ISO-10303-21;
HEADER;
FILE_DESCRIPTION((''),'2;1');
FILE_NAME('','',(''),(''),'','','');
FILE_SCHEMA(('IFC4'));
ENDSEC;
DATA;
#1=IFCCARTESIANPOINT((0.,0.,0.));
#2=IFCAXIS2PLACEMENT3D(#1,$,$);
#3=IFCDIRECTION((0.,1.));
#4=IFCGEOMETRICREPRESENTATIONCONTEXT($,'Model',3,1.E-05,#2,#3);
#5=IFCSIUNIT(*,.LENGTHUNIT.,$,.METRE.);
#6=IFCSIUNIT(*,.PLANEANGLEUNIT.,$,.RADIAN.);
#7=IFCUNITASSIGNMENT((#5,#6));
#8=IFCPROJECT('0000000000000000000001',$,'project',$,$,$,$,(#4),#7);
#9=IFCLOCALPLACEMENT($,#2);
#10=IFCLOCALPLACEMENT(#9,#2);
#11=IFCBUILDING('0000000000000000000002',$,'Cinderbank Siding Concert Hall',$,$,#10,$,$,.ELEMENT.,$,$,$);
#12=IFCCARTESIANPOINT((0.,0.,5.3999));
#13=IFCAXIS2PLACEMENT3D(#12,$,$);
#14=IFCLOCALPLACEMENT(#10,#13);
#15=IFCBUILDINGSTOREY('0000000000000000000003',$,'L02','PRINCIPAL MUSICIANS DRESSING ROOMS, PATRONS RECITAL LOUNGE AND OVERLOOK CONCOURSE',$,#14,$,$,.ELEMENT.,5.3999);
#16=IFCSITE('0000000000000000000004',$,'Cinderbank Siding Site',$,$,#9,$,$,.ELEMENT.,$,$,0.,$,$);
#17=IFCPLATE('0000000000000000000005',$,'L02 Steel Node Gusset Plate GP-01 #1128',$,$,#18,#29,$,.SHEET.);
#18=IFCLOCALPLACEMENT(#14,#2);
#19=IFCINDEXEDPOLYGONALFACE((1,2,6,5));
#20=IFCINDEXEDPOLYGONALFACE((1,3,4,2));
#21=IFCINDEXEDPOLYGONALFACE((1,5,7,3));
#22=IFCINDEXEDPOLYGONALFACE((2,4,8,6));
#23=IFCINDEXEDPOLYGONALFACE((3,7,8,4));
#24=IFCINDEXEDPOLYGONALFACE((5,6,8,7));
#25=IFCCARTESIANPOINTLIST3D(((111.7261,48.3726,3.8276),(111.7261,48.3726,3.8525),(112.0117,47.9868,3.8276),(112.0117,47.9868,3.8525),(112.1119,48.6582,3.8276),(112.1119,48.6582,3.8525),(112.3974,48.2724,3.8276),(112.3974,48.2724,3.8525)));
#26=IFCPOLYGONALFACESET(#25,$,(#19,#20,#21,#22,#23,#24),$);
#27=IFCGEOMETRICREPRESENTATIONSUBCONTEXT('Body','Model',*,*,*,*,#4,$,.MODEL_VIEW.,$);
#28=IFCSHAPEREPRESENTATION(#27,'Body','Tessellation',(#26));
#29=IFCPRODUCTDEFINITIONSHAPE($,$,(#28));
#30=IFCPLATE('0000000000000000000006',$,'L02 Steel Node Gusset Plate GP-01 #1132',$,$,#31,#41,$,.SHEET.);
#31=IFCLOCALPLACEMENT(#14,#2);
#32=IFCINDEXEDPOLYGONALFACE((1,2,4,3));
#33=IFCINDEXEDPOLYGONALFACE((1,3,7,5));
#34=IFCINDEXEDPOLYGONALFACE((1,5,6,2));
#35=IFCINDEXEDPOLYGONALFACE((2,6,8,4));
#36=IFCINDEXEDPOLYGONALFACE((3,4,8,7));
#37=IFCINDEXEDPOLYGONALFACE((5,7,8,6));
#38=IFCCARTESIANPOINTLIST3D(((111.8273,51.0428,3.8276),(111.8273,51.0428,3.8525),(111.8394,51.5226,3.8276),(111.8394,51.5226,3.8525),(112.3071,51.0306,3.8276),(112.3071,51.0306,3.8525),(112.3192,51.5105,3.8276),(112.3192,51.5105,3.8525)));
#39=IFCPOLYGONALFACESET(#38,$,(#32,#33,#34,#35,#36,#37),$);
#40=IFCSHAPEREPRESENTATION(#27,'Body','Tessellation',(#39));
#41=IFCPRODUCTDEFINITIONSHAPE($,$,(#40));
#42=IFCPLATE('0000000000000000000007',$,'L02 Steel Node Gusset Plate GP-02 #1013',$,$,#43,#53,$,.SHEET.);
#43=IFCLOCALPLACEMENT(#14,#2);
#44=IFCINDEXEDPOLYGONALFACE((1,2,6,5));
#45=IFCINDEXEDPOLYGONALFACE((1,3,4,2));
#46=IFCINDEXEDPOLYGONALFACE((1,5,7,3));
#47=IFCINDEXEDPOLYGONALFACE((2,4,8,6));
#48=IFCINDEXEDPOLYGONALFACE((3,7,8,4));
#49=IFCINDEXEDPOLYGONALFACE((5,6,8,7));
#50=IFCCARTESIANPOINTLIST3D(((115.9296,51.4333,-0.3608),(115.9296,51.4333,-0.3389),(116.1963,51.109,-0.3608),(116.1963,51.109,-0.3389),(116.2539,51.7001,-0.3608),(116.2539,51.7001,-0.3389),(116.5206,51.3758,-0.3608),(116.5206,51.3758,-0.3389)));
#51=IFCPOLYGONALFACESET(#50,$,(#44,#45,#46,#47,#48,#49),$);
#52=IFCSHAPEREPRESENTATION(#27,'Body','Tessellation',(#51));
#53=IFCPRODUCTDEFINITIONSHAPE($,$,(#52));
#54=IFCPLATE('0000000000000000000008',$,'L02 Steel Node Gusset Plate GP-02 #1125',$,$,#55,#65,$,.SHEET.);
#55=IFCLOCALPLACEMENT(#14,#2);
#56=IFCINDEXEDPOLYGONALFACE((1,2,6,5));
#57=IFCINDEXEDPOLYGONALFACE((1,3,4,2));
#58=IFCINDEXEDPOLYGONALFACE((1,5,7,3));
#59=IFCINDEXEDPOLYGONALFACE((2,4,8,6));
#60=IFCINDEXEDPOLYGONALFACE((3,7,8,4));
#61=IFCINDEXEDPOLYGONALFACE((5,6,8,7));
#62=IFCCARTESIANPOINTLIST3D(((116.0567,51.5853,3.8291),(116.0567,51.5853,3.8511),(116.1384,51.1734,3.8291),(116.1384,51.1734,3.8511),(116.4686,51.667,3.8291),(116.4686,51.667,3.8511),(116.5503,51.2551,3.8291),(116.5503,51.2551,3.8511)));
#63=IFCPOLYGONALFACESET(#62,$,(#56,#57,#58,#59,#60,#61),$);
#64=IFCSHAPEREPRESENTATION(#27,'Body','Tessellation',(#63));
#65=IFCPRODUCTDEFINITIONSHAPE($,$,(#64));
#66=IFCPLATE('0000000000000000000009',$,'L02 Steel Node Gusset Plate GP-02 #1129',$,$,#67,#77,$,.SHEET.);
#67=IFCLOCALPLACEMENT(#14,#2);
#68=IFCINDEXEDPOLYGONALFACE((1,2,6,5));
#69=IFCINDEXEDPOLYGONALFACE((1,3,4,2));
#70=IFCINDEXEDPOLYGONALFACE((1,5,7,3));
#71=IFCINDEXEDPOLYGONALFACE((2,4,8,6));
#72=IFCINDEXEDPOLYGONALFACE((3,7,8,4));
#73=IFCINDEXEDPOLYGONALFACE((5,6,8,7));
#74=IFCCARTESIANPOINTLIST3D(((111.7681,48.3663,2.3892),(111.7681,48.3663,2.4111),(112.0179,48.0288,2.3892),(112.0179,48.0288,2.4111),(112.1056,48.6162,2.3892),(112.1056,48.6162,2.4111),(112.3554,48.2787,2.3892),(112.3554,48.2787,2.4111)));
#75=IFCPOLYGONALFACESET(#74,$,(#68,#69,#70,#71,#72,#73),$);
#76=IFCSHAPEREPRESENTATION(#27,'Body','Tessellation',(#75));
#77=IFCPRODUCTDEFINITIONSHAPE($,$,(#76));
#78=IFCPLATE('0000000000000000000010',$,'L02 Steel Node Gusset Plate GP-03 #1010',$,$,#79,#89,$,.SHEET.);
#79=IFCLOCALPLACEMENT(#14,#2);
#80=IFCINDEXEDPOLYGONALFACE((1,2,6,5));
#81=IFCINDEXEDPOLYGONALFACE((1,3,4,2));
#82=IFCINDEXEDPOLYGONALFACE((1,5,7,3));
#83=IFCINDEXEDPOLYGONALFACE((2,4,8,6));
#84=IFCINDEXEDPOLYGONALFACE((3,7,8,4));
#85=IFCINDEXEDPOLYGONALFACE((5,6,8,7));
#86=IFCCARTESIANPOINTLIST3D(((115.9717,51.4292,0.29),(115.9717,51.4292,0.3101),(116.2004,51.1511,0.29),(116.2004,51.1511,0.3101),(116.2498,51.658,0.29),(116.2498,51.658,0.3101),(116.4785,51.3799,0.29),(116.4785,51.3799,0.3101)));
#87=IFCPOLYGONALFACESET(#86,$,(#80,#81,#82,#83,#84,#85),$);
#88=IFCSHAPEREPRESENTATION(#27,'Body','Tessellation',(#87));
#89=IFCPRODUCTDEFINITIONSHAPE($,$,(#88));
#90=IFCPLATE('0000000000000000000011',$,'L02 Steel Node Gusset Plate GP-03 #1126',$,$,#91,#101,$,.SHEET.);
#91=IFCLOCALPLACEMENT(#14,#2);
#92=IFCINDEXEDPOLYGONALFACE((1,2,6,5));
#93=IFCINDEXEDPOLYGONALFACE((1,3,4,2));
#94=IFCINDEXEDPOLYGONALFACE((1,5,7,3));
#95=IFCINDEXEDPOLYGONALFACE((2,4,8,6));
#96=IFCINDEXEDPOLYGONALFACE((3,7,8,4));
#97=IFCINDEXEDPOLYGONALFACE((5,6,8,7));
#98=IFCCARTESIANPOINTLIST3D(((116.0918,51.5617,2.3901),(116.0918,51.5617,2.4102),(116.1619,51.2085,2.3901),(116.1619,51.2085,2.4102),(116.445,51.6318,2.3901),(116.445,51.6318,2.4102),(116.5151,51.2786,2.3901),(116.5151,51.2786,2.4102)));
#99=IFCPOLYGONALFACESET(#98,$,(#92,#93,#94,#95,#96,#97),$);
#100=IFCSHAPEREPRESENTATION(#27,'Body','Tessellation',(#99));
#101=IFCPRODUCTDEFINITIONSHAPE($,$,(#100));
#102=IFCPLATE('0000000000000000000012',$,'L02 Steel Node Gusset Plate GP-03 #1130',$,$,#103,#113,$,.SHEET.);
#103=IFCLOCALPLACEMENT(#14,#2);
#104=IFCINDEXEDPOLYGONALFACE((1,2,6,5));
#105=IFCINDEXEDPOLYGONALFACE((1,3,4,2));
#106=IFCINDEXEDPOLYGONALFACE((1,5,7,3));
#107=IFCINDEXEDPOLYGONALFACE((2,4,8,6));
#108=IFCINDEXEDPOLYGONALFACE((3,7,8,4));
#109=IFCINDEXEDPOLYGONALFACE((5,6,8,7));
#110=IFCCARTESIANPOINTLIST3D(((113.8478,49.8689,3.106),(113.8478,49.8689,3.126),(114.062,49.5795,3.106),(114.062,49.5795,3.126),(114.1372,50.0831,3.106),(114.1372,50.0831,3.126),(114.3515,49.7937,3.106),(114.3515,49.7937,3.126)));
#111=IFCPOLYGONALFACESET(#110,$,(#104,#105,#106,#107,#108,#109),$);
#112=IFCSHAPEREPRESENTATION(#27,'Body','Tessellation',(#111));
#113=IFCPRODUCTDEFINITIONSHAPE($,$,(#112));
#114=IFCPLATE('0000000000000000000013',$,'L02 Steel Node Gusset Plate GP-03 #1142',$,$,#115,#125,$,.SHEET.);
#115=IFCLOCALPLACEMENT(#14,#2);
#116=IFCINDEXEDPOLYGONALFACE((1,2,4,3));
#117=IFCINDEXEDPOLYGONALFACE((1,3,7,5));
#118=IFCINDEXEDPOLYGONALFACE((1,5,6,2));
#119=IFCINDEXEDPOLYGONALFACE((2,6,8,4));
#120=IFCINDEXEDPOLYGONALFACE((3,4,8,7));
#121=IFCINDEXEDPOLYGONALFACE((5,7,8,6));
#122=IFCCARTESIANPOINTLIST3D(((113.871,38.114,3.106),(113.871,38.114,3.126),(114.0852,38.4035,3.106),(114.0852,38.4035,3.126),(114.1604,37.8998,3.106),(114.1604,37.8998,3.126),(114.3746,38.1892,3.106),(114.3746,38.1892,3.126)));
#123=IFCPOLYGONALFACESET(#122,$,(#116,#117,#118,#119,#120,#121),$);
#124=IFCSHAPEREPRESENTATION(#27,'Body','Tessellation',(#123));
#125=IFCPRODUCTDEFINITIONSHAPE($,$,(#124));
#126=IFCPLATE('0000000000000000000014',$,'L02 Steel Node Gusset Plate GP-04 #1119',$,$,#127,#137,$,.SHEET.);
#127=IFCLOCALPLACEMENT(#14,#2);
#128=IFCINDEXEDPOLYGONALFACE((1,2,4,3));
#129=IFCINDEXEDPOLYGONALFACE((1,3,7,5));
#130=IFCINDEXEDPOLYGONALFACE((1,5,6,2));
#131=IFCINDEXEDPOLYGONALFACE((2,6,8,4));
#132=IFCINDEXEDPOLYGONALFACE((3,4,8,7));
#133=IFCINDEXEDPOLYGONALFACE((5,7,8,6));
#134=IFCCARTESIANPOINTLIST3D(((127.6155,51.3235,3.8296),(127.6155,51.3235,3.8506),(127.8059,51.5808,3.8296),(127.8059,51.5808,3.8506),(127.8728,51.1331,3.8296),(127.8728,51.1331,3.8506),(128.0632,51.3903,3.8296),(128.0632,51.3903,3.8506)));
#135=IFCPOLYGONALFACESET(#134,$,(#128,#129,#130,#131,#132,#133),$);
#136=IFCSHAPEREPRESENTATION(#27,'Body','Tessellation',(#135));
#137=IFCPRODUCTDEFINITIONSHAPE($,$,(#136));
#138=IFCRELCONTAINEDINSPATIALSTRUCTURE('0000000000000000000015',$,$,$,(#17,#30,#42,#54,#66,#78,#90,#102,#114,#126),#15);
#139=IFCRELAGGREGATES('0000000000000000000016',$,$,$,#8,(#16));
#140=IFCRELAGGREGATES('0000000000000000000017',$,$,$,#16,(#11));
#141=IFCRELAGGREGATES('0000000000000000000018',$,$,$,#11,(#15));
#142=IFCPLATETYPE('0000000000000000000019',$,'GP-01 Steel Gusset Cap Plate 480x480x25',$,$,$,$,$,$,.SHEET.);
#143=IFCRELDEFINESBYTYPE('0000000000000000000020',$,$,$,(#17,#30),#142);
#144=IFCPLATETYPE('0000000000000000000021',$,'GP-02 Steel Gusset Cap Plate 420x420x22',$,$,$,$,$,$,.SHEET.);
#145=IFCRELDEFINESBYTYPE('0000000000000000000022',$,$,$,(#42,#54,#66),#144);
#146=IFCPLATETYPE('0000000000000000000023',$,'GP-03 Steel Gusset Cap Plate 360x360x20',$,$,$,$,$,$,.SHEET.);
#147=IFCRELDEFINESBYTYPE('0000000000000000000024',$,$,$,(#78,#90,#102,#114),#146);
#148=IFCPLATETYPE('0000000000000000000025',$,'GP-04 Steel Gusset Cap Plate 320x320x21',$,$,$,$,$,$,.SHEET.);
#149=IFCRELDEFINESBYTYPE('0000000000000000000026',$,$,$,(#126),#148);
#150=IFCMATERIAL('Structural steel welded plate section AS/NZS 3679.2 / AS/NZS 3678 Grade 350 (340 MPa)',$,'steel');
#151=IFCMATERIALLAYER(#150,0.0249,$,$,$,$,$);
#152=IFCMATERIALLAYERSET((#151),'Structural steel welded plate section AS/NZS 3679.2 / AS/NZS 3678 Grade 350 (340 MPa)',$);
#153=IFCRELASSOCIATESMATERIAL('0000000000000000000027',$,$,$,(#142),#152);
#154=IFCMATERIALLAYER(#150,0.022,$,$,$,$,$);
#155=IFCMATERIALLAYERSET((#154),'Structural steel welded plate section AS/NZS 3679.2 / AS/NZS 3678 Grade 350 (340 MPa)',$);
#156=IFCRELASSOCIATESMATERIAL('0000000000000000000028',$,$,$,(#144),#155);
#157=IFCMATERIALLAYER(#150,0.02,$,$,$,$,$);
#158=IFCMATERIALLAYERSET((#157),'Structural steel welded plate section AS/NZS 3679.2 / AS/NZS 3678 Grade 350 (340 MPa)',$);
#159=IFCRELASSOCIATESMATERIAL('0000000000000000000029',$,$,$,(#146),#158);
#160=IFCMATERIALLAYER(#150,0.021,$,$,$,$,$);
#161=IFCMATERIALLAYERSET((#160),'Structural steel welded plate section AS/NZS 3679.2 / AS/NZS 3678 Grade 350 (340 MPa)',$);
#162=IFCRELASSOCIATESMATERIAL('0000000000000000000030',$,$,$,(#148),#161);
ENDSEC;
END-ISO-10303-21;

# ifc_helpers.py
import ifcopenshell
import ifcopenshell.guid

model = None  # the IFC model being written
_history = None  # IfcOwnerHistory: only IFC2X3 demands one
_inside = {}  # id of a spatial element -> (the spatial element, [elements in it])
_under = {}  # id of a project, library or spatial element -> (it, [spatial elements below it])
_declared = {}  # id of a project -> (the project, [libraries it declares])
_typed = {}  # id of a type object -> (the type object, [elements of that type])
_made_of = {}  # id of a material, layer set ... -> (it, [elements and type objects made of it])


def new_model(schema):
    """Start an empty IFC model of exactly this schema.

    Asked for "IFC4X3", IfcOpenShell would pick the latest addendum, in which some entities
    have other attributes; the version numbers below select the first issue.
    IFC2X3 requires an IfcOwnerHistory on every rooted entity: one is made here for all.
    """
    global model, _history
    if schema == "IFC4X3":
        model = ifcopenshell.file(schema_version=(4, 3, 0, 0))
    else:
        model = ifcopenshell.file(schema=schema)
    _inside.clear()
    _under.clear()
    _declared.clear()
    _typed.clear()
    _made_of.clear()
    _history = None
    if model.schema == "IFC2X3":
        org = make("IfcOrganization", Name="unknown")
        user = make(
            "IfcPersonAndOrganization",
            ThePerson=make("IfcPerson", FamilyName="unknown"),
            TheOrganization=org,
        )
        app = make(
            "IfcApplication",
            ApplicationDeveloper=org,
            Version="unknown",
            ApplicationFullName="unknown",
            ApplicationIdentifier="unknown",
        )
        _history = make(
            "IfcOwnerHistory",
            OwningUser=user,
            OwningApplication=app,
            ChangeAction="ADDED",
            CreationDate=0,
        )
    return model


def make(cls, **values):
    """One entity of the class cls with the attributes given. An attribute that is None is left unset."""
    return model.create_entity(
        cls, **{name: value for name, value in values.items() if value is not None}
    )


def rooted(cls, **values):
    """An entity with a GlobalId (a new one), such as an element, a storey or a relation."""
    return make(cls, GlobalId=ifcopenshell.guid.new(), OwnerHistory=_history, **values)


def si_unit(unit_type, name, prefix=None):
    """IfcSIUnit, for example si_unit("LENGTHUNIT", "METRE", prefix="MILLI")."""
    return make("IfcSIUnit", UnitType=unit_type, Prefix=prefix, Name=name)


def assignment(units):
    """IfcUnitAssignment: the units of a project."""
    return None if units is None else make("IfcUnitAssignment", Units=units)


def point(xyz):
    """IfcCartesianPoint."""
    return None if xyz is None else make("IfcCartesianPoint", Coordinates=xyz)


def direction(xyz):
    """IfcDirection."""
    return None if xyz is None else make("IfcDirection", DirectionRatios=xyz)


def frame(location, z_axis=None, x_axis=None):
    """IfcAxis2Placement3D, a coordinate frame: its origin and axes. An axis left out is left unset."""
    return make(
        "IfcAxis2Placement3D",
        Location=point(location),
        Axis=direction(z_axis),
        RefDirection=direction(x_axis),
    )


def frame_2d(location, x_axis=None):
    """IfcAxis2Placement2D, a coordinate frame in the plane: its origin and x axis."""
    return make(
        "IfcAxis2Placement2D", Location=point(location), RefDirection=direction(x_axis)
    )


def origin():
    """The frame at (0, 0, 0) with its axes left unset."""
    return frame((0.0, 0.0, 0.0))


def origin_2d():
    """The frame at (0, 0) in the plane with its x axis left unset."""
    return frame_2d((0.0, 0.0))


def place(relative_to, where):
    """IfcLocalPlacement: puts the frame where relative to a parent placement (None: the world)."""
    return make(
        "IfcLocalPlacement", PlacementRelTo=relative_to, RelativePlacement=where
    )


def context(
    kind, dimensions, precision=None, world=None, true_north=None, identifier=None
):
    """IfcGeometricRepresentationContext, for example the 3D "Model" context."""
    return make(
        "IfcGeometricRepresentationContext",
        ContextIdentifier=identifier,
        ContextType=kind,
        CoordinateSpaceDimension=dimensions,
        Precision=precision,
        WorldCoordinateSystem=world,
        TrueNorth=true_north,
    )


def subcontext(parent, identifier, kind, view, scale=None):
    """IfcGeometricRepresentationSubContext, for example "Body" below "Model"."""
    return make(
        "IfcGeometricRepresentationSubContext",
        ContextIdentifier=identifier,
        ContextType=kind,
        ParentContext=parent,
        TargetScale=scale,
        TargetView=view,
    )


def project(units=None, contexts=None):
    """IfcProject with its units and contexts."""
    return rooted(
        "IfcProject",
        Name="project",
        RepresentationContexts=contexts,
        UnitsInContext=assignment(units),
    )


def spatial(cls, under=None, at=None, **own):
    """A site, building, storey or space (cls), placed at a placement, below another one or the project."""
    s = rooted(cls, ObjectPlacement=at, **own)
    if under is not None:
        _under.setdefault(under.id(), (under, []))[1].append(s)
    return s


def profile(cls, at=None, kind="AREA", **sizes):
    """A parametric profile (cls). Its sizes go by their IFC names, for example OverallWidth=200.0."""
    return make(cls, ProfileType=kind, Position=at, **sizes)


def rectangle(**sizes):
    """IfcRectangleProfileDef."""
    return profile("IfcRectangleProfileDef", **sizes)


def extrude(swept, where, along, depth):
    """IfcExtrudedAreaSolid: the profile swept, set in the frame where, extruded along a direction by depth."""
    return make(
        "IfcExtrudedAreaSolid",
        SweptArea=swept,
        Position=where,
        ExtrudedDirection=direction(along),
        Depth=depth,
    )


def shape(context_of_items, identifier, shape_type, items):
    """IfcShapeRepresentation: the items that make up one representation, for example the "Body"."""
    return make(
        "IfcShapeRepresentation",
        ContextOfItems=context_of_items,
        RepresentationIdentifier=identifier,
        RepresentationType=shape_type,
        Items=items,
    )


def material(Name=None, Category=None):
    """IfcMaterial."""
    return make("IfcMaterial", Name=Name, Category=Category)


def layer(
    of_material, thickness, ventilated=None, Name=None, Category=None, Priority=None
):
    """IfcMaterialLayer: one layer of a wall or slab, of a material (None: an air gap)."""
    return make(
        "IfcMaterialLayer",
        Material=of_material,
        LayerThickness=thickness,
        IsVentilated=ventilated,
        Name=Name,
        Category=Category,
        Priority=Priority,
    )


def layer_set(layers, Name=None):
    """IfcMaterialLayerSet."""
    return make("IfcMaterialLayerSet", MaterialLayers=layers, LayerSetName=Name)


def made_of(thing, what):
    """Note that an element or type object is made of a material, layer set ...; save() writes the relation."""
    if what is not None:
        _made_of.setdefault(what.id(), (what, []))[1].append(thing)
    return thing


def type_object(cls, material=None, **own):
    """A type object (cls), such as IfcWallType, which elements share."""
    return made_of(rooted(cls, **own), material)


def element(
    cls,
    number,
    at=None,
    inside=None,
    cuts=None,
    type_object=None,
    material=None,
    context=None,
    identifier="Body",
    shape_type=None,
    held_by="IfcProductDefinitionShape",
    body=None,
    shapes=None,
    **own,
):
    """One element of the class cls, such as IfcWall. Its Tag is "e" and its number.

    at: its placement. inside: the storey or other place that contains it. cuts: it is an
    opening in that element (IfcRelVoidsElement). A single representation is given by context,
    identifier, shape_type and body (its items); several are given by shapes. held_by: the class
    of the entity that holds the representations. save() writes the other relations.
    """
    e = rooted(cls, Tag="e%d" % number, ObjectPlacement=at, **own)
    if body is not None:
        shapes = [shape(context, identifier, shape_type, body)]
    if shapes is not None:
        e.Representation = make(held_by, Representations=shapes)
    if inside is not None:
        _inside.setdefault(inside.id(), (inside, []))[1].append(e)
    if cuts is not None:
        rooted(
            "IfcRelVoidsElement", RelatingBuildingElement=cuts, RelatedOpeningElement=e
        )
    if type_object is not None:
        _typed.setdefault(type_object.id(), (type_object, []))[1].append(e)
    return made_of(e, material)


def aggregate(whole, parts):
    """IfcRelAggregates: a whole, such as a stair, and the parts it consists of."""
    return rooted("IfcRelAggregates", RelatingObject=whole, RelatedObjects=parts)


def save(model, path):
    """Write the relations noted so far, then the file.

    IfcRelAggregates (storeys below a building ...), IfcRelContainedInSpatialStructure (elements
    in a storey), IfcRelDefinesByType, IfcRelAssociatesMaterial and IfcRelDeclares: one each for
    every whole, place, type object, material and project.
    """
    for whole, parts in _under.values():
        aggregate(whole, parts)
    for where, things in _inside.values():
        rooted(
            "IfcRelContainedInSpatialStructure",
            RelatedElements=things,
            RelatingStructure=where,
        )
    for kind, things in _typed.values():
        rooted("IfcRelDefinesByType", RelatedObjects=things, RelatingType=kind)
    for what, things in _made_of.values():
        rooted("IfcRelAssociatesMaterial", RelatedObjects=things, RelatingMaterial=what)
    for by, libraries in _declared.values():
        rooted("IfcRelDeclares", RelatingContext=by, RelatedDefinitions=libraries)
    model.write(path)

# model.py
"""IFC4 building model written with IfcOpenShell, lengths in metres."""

from ifc_helpers import new_model, si_unit, direction, frame, origin, origin_2d, place, context, subcontext, project, spatial, rectangle, extrude, material, layer, layer_set, type_object, element, save


model = new_model("IFC4")

# Units and contexts
model_context = context("Model", 3, precision=1e-05, world=origin(), true_north=direction((0.0, 1.0)))
body_context = subcontext(model_context, "Body", "Model", "MODEL_VIEW")
ifc_project = project(units=[si_unit("LENGTHUNIT", "METRE"), si_unit("PLANEANGLEUNIT", "RADIAN")], contexts=[model_context])

# Site, building, storey
site_placement = place(None, origin())
site = spatial("IfcSite", under=ifc_project, at=site_placement, Name="Cinderbank Siding Site", CompositionType="ELEMENT", RefElevation=0.0)
building_placement = place(site_placement, origin())
building = spatial("IfcBuilding", under=site, at=building_placement, Name="Cinderbank Siding Concert Hall", CompositionType="ELEMENT")
storey_placement = place(building_placement, frame((0.0, 0.0, 5.3999)))
storey = spatial("IfcBuildingStorey", under=building, at=storey_placement, Name="L02", Description="PRINCIPAL MUSICIANS DRESSING ROOMS, PATRONS RECITAL LOUNGE AND OVERLOOK CONCOURSE", CompositionType="ELEMENT", Elevation=5.3999)

# Plates
ifc_material_1 = material(Name="Structural steel welded plate section AS/NZS 3679.2 / AS/NZS 3678 Grade 350 (340 MPa)", Category="steel")
ifc_layer_1 = layer(ifc_material_1, 0.0249)
ifc_layer_set_1 = layer_set([ifc_layer_1], Name="Structural steel welded plate section AS/NZS 3679.2 / AS/NZS 3678 Grade 350 (340 MPa)")
plate_type_1 = type_object("IfcPlateType", Name="GP-01 Steel Gusset Cap Plate 480x480x25", PredefinedType="SHEET", material=ifc_layer_set_1)
for number, where, z_axis, x_axis, name in (
    (1, (112.0618, 48.3225, 3.8276), (0.0, 0.0, 1.0), (-0.803753, -0.594963, 0.0), "L02 Steel Node Gusset Plate GP-01 #1128"),
    (2, (112.0732, 51.2766, 3.8276), (0.0, 0.0, 1.0), (0.025305, 0.99968, 0.0), "L02 Steel Node Gusset Plate GP-01 #1132"),
):
    element("IfcPlate", number, at=place(storey_placement, frame(where, z_axis=z_axis, x_axis=x_axis)), inside=storey, type_object=plate_type_1, Name=name, PredefinedType="SHEET", context=body_context, shape_type="SweptSolid", body=[
        extrude(rectangle(XDim=0.48, YDim=0.48, at=origin_2d()), origin(), (0.0, 0.0, 1.0), 0.0249),
    ])
ifc_layer_2 = layer(ifc_material_1, 0.022)
ifc_layer_set_2 = layer_set([ifc_layer_2], Name="Structural steel welded plate section AS/NZS 3679.2 / AS/NZS 3678 Grade 350 (340 MPa)")
plate_type_2 = type_object("IfcPlateType", Name="GP-02 Steel Gusset Cap Plate 420x420x22", PredefinedType="SHEET", material=ifc_layer_set_2)
for number, where, z_axis, x_axis, name in (
    (3, (116.2251, 51.4045, -0.3608), (0.0, 0.0, 1.0), (0.63527, -0.77229, 0.0), "L02 Steel Node Gusset Plate GP-02 #1013"),
    (4, (116.3035, 51.4202, 3.8291), (0.0, 0.0, 1.0), (-0.980887, -0.194577, 0.0), "L02 Steel Node Gusset Plate GP-02 #1125"),
    (5, (112.0618, 48.3225, 2.3892), (0.0, 0.0, 1.0), (0.803753, 0.594963, 0.0), "L02 Steel Node Gusset Plate GP-02 #1129"),
):
    element("IfcPlate", number, at=place(storey_placement, frame(where, z_axis=z_axis, x_axis=x_axis)), inside=storey, type_object=plate_type_2, Name=name, PredefinedType="SHEET", context=body_context, shape_type="SweptSolid", body=[
        extrude(rectangle(XDim=0.4199, YDim=0.4199, at=origin_2d()), origin(), (0.0, 0.0, 1.0), 0.022),
    ])
ifc_layer_3 = layer(ifc_material_1, 0.02)
ifc_layer_set_3 = layer_set([ifc_layer_3], Name="Structural steel welded plate section AS/NZS 3679.2 / AS/NZS 3678 Grade 350 (340 MPa)")
plate_type_3 = type_object("IfcPlateType", Name="GP-03 Steel Gusset Cap Plate 360x360x20", PredefinedType="SHEET", material=ifc_layer_set_3)
for number, where, z_axis, x_axis, name in (
    (6, (116.2251, 51.4045, 0.29), (0.0, 0.0, 1.0), (-0.63527, 0.77229, 0.0), "L02 Steel Node Gusset Plate GP-03 #1010"),
    (7, (116.3035, 51.4202, 2.3901), (0.0, 0.0, 1.0), (0.980887, 0.194577, 0.0), "L02 Steel Node Gusset Plate GP-03 #1126"),
    (8, (114.0996, 49.8313, 3.106), (0.0, 0.0, 1.0), (0.803753, 0.594963, 0.0), "L02 Steel Node Gusset Plate GP-03 #1130"),
    (9, (114.1228, 38.1516, 3.106), (0.0, 0.0, 1.0), (-0.803753, 0.594963, 0.0), "L02 Steel Node Gusset Plate GP-03 #1142"),
):
    element("IfcPlate", number, at=place(storey_placement, frame(where, z_axis=z_axis, x_axis=x_axis)), inside=storey, type_object=plate_type_3, Name=name, PredefinedType="SHEET", context=body_context, shape_type="SweptSolid", body=[
        extrude(rectangle(XDim=0.3601, YDim=0.3601, at=origin_2d()), origin(), (0.0, 0.0, 1.0), 0.02),
    ])
ifc_layer_4 = layer(ifc_material_1, 0.021)
ifc_layer_set_4 = layer_set([ifc_layer_4], Name="Structural steel welded plate section AS/NZS 3679.2 / AS/NZS 3678 Grade 350 (340 MPa)")
plate_type_4 = type_object("IfcPlateType", Name="GP-04 Steel Gusset Cap Plate 320x320x21", PredefinedType="SHEET", material=ifc_layer_set_4)
plate_placement = place(storey_placement, frame((127.8394, 51.3569, 3.8296), z_axis=(0.0, 0.0, 1.0), x_axis=(-0.803753, 0.594963, 0.0)))
element("IfcPlate", 10, at=plate_placement, inside=storey, type_object=plate_type_4, Name="L02 Steel Node Gusset Plate GP-04 #1119", PredefinedType="SHEET", context=body_context, shape_type="SweptSolid", body=[
    extrude(rectangle(XDim=0.3201, YDim=0.3201, at=origin_2d()), origin(), (0.0, 0.0, 1.0), 0.021),
])

save(model, "model.ifc")
